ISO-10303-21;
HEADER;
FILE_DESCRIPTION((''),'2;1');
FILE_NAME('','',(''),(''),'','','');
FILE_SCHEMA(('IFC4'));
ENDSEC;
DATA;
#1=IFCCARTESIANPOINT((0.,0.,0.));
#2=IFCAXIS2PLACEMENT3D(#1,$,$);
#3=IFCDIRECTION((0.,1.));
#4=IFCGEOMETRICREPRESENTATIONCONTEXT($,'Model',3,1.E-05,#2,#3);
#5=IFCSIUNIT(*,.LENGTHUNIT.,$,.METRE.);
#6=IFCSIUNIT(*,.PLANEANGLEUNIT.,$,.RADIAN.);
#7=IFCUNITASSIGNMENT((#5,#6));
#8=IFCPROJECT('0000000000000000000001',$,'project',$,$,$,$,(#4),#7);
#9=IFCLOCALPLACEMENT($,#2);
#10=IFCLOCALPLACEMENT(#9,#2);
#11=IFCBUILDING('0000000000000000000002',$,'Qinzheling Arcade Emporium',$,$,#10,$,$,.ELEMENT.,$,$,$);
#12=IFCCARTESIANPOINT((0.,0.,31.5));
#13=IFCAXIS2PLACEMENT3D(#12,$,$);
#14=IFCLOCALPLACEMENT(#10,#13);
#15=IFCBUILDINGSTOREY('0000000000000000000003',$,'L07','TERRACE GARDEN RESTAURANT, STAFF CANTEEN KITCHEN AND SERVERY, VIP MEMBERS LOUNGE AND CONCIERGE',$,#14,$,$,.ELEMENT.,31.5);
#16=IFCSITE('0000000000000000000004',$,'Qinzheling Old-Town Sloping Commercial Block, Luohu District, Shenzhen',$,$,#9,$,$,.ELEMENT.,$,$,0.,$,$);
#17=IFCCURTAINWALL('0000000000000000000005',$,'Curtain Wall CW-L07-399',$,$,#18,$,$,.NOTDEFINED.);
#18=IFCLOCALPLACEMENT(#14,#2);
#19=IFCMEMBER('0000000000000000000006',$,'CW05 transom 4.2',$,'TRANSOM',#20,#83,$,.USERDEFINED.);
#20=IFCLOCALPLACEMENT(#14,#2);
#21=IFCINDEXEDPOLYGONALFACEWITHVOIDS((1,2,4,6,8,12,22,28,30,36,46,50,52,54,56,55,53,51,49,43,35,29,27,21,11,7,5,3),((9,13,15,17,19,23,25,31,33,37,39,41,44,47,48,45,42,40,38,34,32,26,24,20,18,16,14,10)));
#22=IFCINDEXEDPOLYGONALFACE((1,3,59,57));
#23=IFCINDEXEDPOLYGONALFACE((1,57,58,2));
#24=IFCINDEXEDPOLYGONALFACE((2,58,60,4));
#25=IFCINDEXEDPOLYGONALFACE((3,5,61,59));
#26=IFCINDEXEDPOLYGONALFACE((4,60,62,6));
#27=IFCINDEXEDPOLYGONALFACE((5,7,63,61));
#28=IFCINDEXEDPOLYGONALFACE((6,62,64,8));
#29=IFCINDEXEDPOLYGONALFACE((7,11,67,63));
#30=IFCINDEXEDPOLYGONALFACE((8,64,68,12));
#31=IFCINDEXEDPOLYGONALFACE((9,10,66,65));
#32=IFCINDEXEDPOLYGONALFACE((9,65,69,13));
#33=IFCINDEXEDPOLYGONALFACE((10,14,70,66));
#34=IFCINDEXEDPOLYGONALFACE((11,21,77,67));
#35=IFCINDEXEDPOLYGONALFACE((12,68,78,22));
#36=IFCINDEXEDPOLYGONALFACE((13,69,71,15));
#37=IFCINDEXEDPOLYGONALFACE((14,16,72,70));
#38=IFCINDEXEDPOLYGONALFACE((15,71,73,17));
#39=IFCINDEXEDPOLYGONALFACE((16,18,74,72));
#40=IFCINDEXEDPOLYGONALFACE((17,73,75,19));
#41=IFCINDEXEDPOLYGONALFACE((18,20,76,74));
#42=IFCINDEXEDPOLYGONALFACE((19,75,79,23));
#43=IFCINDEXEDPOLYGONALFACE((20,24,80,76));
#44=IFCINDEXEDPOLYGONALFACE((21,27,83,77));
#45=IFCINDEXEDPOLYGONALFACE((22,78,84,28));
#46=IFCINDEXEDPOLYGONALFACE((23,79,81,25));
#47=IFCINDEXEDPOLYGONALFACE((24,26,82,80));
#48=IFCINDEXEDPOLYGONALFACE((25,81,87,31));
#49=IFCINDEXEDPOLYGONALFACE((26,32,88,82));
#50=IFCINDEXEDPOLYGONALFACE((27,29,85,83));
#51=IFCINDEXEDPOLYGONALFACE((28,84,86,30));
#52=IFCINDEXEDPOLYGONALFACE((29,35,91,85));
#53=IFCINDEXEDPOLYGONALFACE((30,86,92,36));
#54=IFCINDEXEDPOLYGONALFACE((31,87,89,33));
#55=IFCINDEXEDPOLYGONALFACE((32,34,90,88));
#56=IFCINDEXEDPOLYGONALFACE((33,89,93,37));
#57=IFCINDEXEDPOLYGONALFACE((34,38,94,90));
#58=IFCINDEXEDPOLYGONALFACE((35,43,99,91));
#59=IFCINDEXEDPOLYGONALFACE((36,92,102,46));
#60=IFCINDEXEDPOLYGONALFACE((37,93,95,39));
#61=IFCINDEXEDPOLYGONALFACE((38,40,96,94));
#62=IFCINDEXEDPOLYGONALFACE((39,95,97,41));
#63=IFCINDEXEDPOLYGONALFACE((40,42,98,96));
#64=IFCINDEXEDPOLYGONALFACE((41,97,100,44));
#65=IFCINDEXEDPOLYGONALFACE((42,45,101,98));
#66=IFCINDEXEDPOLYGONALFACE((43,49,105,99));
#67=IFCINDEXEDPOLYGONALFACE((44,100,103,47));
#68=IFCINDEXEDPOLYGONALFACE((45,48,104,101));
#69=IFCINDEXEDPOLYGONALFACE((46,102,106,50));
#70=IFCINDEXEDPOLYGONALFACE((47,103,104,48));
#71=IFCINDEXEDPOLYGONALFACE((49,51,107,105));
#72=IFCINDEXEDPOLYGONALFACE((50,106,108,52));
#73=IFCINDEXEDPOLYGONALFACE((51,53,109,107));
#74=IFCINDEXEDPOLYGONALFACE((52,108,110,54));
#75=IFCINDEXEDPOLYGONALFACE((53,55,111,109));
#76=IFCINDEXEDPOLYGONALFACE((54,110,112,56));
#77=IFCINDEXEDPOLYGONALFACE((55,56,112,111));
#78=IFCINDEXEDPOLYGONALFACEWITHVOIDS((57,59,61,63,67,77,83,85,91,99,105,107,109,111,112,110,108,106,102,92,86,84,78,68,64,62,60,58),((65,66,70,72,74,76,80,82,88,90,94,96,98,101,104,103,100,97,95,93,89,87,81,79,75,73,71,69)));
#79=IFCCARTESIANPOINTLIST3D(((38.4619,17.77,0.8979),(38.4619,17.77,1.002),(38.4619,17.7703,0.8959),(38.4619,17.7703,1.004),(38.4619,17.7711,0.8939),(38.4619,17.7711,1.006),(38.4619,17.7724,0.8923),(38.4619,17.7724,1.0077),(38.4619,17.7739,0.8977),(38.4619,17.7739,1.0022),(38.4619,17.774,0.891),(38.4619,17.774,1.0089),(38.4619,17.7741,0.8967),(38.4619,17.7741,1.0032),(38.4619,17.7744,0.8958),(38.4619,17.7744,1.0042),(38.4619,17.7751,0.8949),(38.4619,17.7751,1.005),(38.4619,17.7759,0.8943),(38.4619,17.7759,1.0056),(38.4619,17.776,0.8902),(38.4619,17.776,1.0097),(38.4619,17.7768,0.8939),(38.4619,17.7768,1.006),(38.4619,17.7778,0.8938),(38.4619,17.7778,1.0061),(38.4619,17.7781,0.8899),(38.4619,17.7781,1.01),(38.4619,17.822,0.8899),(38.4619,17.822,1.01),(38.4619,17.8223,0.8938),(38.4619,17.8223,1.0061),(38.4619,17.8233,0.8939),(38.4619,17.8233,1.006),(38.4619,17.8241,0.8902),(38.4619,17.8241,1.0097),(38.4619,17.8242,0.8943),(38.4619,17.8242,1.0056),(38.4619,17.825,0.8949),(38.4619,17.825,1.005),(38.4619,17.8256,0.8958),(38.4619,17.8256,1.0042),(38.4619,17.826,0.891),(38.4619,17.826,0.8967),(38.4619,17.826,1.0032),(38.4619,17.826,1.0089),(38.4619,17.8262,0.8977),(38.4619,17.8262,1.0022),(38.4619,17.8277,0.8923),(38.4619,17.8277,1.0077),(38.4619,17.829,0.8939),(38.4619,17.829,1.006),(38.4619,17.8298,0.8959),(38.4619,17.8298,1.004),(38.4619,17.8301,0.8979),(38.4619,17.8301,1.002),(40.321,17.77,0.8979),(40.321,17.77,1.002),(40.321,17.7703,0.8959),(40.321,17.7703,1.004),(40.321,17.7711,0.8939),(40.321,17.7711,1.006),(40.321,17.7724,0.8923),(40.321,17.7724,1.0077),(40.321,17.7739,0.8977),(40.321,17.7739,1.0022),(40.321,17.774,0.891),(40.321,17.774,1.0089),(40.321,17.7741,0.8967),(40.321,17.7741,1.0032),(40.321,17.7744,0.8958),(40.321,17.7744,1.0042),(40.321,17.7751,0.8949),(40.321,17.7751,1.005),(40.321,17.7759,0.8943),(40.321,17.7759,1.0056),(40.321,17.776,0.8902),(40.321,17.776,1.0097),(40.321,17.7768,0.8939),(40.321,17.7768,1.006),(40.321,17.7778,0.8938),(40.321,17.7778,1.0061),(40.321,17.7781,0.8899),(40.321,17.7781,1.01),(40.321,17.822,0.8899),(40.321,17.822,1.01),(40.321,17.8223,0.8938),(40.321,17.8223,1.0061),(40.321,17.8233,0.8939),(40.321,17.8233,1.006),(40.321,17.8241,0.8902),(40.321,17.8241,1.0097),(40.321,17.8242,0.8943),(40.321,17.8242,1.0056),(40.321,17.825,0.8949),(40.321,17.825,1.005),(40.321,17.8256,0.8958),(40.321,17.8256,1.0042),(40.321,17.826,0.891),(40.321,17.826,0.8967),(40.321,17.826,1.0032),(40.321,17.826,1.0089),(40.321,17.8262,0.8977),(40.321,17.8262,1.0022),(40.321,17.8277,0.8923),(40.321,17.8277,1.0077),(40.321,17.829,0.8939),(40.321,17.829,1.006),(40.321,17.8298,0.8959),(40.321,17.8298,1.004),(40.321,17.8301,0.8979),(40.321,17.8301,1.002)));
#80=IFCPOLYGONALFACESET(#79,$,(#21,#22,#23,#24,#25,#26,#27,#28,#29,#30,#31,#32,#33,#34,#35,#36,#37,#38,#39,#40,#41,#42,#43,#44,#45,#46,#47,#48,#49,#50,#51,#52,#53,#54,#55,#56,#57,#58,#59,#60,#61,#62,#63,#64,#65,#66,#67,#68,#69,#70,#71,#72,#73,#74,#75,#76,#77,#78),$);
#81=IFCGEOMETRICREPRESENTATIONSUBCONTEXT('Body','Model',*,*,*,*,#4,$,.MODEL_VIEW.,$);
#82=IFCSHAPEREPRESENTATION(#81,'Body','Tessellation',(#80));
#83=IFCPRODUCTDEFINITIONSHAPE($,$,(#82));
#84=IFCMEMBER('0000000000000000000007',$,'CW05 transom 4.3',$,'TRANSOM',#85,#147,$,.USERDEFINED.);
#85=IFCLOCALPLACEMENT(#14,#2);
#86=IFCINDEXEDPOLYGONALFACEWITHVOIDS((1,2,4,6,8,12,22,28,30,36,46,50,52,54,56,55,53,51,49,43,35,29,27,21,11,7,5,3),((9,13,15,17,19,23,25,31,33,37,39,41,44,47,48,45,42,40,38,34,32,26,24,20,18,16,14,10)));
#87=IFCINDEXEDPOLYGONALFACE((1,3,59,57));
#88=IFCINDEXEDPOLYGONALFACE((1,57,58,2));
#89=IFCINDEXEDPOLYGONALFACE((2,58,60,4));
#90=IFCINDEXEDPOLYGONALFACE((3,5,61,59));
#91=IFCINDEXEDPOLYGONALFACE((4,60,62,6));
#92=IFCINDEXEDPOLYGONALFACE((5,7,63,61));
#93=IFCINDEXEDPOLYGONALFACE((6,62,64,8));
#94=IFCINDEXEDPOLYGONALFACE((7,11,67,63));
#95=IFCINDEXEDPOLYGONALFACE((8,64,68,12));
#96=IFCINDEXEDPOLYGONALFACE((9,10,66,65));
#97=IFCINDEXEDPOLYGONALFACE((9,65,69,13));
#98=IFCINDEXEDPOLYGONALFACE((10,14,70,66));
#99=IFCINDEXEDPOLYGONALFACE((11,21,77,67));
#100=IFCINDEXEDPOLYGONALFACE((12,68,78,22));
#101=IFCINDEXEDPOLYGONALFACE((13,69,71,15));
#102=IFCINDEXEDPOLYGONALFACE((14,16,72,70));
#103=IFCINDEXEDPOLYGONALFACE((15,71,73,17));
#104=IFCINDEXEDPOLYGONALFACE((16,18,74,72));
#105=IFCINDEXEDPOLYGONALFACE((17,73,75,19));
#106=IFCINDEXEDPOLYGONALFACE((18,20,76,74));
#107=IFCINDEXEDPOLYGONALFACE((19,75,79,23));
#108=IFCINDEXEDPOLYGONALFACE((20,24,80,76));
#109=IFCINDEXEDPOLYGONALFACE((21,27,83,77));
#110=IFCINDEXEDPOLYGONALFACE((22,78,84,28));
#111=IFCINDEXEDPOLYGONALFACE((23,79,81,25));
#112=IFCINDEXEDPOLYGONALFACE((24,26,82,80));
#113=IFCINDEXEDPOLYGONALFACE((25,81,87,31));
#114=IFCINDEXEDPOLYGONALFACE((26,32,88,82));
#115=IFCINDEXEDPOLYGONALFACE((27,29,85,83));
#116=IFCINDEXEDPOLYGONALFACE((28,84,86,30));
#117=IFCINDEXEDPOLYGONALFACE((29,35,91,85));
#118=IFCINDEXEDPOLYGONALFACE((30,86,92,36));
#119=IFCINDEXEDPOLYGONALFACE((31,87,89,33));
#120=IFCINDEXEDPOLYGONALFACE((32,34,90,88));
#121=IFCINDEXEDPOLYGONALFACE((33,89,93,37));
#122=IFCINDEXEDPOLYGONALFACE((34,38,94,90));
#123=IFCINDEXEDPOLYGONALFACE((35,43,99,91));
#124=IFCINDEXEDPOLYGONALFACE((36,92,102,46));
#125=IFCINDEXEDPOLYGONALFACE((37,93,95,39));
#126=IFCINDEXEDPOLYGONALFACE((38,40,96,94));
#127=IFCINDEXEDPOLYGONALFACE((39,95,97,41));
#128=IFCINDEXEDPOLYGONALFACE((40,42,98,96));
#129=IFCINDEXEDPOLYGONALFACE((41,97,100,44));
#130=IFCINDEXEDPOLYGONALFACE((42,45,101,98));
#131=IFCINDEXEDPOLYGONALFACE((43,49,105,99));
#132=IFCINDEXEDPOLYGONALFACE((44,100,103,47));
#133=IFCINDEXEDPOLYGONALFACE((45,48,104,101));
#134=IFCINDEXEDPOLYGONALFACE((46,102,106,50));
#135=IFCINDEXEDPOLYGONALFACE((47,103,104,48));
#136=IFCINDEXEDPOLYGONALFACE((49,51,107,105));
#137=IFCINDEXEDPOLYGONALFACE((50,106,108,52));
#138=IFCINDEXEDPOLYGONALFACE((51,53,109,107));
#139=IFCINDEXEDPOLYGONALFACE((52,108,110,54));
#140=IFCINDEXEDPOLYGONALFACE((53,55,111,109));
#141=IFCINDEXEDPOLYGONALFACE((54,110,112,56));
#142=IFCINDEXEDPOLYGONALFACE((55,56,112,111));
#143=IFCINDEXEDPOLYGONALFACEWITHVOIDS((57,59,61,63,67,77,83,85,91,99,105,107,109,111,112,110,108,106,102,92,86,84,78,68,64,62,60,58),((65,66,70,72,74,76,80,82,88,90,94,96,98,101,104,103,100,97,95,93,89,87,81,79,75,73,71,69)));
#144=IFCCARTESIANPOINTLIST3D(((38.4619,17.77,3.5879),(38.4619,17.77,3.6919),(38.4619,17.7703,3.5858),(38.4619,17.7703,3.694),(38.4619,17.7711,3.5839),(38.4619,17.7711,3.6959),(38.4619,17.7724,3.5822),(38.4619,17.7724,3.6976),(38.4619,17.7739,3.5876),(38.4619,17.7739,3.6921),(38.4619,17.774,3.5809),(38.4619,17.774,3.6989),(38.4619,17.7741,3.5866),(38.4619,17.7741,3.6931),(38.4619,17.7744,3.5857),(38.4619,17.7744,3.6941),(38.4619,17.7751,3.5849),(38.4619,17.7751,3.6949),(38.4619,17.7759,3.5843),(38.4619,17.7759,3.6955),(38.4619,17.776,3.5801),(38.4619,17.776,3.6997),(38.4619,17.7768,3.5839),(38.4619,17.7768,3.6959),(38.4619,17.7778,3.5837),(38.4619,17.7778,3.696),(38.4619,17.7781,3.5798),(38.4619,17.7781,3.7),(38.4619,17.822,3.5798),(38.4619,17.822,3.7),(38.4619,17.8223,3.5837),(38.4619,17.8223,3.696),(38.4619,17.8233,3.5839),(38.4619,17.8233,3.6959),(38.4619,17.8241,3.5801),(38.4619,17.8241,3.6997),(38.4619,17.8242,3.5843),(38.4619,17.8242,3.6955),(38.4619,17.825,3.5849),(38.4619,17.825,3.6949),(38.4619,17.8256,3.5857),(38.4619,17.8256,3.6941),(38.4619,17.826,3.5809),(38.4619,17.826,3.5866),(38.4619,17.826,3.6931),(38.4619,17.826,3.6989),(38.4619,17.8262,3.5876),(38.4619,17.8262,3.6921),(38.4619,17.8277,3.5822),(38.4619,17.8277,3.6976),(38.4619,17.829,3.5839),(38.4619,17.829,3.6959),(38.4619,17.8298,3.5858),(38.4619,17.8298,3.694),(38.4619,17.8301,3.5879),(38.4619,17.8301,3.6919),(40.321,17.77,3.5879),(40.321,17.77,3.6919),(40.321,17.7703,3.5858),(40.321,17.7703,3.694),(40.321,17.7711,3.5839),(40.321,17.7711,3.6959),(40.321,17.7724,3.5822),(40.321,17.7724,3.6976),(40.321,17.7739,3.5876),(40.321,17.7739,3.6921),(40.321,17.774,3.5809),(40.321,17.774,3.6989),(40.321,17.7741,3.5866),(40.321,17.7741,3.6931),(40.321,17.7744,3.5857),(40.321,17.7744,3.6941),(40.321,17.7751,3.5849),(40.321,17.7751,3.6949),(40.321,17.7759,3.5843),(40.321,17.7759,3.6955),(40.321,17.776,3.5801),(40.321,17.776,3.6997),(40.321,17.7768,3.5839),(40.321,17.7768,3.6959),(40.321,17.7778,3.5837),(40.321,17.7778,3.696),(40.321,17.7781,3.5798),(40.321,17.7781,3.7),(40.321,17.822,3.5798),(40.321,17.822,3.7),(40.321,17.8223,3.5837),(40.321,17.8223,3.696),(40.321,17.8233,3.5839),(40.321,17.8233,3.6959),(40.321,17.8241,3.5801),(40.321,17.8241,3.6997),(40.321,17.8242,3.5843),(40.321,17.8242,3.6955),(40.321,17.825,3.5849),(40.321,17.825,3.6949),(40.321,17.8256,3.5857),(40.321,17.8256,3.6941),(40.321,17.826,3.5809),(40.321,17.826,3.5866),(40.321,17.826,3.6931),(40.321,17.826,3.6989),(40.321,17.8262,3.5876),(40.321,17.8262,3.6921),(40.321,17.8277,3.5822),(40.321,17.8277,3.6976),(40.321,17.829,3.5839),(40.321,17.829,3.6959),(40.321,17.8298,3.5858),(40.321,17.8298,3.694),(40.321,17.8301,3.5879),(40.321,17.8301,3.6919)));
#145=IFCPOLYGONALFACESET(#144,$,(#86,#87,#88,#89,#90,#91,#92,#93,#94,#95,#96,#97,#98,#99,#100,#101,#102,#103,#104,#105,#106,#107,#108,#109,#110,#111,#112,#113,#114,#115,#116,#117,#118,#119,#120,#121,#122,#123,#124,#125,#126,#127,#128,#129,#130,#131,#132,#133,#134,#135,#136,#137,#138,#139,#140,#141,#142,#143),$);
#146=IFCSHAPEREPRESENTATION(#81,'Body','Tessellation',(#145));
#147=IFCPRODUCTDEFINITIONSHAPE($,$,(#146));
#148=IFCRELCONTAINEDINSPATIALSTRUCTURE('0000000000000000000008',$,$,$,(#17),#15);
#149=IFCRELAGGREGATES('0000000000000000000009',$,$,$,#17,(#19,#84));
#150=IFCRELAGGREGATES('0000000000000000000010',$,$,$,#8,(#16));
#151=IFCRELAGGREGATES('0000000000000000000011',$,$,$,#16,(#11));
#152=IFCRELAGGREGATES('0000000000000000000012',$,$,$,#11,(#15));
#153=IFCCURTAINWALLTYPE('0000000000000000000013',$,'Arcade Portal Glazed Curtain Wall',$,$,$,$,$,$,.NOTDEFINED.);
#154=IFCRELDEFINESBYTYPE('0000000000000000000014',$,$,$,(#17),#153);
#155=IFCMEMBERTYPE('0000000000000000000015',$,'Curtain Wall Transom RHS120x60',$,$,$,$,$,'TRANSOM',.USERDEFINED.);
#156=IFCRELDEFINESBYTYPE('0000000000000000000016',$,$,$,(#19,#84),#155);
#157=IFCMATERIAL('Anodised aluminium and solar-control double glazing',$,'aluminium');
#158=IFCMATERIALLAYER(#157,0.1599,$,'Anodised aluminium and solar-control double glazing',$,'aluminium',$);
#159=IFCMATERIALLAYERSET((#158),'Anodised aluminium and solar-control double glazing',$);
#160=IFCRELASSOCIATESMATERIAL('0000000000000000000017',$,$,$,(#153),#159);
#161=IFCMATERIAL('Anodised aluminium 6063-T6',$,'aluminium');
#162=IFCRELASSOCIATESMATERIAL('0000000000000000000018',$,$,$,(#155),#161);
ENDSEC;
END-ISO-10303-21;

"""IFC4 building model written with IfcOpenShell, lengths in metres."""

from ifc_helpers import new_model, si_unit, direction, frame, origin, origin_2d, place, context, subcontext, project, spatial, hollow_rectangle, extrude, material, layer, layer_set, material_profile, profile_set, type_object, element, aggregate, save


model = new_model("IFC4")

# Units and contexts
model_context = context("Model", 3, precision=1e-05, world=origin(), true_north=direction((0.0, 1.0)))
body_context = subcontext(model_context, "Body", "Model", "MODEL_VIEW")
ifc_project = project(units=[si_unit("LENGTHUNIT", "METRE"), si_unit("PLANEANGLEUNIT", "RADIAN")], contexts=[model_context])

# Site, building, storey
site_placement = place(None, origin())
site = spatial("IfcSite", under=ifc_project, at=site_placement, Name="Qinzheling Old-Town Sloping Commercial Block, Luohu District, Shenzhen", CompositionType="ELEMENT", RefElevation=0.0)
building_placement = place(site_placement, origin())
building = spatial("IfcBuilding", under=site, at=building_placement, Name="Qinzheling Arcade Emporium", CompositionType="ELEMENT")
storey_placement = place(building_placement, frame((0.0, 0.0, 31.5)))
storey = spatial("IfcBuildingStorey", under=building, at=storey_placement, Name="L07", Description="TERRACE GARDEN RESTAURANT, STAFF CANTEEN KITCHEN AND SERVERY, VIP MEMBERS LOUNGE AND CONCIERGE", CompositionType="ELEMENT", Elevation=31.5)

# Curtain wall, members
ifc_material_1 = material(Name="Anodised aluminium and solar-control double glazing", Category="aluminium")
ifc_layer_1 = layer(ifc_material_1, 0.1599, Name="Anodised aluminium and solar-control double glazing", Category="aluminium")
ifc_layer_set_1 = layer_set([ifc_layer_1], Name="Anodised aluminium and solar-control double glazing")
curtain_wall_type = type_object("IfcCurtainWallType", Name="Arcade Portal Glazed Curtain Wall", PredefinedType="NOTDEFINED", material=ifc_layer_set_1)
curtain_wall_placement = place(storey_placement, origin())
curtain_wall = element("IfcCurtainWall", 1, at=curtain_wall_placement, inside=storey, type_object=curtain_wall_type, Name="Curtain Wall CW-L07-399", PredefinedType="NOTDEFINED")
ifc_material_2 = material(Name="Anodised aluminium 6063-T6", Category="aluminium")
ifc_material_profile_1 = material_profile(ifc_material_2, hollow_rectangle(XDim=0.0601, YDim=0.1201, WallThickness=0.0039, InnerFilletRadius=0.0039, OuterFilletRadius=0.0081, at=origin_2d()), Name="RHS 120x60x4", Category="aluminium")
ifc_profile_set_1 = profile_set([ifc_material_profile_1], Name="Anodised aluminium 6063-T6")
member_type_1 = type_object("IfcMemberType", Name="Curtain Wall Transom RHS120x60", ElementType="TRANSOM", PredefinedType="USERDEFINED", material=ifc_profile_set_1)
member_1_placement = place(storey_placement, frame((40.321, 17.8, 0.95), z_axis=(-1.0, 0.0, 0.0), x_axis=(0.0, -1.0, 0.0)))
member_1 = element("IfcMember", 2, at=member_1_placement, type_object=member_type_1, Name="CW05 transom 4.2", ObjectType="TRANSOM", PredefinedType="USERDEFINED", context=body_context, shape_type="SweptSolid", body=[
    extrude(hollow_rectangle(XDim=0.0601, YDim=0.1201, WallThickness=0.0039, InnerFilletRadius=0.0039, OuterFilletRadius=0.0081, at=origin_2d()), origin(), (0.0, 0.0, 1.0), 1.8591),
])
member_2_placement = place(storey_placement, frame((40.321, 17.8, 3.6399), z_axis=(-1.0, 0.0, 0.0), x_axis=(0.0, -1.0, 0.0)))
member_2 = element("IfcMember", 3, at=member_2_placement, type_object=member_type_1, Name="CW05 transom 4.3", ObjectType="TRANSOM", PredefinedType="USERDEFINED", context=body_context, shape_type="SweptSolid", body=[
    extrude(hollow_rectangle(XDim=0.0601, YDim=0.1201, WallThickness=0.0039, InnerFilletRadius=0.0039, OuterFilletRadius=0.0081, at=origin_2d()), origin(), (0.0, 0.0, 1.0), 1.8591),
])

aggregate(curtain_wall, [member_1, member_2])

save(model, "model.ifc")
